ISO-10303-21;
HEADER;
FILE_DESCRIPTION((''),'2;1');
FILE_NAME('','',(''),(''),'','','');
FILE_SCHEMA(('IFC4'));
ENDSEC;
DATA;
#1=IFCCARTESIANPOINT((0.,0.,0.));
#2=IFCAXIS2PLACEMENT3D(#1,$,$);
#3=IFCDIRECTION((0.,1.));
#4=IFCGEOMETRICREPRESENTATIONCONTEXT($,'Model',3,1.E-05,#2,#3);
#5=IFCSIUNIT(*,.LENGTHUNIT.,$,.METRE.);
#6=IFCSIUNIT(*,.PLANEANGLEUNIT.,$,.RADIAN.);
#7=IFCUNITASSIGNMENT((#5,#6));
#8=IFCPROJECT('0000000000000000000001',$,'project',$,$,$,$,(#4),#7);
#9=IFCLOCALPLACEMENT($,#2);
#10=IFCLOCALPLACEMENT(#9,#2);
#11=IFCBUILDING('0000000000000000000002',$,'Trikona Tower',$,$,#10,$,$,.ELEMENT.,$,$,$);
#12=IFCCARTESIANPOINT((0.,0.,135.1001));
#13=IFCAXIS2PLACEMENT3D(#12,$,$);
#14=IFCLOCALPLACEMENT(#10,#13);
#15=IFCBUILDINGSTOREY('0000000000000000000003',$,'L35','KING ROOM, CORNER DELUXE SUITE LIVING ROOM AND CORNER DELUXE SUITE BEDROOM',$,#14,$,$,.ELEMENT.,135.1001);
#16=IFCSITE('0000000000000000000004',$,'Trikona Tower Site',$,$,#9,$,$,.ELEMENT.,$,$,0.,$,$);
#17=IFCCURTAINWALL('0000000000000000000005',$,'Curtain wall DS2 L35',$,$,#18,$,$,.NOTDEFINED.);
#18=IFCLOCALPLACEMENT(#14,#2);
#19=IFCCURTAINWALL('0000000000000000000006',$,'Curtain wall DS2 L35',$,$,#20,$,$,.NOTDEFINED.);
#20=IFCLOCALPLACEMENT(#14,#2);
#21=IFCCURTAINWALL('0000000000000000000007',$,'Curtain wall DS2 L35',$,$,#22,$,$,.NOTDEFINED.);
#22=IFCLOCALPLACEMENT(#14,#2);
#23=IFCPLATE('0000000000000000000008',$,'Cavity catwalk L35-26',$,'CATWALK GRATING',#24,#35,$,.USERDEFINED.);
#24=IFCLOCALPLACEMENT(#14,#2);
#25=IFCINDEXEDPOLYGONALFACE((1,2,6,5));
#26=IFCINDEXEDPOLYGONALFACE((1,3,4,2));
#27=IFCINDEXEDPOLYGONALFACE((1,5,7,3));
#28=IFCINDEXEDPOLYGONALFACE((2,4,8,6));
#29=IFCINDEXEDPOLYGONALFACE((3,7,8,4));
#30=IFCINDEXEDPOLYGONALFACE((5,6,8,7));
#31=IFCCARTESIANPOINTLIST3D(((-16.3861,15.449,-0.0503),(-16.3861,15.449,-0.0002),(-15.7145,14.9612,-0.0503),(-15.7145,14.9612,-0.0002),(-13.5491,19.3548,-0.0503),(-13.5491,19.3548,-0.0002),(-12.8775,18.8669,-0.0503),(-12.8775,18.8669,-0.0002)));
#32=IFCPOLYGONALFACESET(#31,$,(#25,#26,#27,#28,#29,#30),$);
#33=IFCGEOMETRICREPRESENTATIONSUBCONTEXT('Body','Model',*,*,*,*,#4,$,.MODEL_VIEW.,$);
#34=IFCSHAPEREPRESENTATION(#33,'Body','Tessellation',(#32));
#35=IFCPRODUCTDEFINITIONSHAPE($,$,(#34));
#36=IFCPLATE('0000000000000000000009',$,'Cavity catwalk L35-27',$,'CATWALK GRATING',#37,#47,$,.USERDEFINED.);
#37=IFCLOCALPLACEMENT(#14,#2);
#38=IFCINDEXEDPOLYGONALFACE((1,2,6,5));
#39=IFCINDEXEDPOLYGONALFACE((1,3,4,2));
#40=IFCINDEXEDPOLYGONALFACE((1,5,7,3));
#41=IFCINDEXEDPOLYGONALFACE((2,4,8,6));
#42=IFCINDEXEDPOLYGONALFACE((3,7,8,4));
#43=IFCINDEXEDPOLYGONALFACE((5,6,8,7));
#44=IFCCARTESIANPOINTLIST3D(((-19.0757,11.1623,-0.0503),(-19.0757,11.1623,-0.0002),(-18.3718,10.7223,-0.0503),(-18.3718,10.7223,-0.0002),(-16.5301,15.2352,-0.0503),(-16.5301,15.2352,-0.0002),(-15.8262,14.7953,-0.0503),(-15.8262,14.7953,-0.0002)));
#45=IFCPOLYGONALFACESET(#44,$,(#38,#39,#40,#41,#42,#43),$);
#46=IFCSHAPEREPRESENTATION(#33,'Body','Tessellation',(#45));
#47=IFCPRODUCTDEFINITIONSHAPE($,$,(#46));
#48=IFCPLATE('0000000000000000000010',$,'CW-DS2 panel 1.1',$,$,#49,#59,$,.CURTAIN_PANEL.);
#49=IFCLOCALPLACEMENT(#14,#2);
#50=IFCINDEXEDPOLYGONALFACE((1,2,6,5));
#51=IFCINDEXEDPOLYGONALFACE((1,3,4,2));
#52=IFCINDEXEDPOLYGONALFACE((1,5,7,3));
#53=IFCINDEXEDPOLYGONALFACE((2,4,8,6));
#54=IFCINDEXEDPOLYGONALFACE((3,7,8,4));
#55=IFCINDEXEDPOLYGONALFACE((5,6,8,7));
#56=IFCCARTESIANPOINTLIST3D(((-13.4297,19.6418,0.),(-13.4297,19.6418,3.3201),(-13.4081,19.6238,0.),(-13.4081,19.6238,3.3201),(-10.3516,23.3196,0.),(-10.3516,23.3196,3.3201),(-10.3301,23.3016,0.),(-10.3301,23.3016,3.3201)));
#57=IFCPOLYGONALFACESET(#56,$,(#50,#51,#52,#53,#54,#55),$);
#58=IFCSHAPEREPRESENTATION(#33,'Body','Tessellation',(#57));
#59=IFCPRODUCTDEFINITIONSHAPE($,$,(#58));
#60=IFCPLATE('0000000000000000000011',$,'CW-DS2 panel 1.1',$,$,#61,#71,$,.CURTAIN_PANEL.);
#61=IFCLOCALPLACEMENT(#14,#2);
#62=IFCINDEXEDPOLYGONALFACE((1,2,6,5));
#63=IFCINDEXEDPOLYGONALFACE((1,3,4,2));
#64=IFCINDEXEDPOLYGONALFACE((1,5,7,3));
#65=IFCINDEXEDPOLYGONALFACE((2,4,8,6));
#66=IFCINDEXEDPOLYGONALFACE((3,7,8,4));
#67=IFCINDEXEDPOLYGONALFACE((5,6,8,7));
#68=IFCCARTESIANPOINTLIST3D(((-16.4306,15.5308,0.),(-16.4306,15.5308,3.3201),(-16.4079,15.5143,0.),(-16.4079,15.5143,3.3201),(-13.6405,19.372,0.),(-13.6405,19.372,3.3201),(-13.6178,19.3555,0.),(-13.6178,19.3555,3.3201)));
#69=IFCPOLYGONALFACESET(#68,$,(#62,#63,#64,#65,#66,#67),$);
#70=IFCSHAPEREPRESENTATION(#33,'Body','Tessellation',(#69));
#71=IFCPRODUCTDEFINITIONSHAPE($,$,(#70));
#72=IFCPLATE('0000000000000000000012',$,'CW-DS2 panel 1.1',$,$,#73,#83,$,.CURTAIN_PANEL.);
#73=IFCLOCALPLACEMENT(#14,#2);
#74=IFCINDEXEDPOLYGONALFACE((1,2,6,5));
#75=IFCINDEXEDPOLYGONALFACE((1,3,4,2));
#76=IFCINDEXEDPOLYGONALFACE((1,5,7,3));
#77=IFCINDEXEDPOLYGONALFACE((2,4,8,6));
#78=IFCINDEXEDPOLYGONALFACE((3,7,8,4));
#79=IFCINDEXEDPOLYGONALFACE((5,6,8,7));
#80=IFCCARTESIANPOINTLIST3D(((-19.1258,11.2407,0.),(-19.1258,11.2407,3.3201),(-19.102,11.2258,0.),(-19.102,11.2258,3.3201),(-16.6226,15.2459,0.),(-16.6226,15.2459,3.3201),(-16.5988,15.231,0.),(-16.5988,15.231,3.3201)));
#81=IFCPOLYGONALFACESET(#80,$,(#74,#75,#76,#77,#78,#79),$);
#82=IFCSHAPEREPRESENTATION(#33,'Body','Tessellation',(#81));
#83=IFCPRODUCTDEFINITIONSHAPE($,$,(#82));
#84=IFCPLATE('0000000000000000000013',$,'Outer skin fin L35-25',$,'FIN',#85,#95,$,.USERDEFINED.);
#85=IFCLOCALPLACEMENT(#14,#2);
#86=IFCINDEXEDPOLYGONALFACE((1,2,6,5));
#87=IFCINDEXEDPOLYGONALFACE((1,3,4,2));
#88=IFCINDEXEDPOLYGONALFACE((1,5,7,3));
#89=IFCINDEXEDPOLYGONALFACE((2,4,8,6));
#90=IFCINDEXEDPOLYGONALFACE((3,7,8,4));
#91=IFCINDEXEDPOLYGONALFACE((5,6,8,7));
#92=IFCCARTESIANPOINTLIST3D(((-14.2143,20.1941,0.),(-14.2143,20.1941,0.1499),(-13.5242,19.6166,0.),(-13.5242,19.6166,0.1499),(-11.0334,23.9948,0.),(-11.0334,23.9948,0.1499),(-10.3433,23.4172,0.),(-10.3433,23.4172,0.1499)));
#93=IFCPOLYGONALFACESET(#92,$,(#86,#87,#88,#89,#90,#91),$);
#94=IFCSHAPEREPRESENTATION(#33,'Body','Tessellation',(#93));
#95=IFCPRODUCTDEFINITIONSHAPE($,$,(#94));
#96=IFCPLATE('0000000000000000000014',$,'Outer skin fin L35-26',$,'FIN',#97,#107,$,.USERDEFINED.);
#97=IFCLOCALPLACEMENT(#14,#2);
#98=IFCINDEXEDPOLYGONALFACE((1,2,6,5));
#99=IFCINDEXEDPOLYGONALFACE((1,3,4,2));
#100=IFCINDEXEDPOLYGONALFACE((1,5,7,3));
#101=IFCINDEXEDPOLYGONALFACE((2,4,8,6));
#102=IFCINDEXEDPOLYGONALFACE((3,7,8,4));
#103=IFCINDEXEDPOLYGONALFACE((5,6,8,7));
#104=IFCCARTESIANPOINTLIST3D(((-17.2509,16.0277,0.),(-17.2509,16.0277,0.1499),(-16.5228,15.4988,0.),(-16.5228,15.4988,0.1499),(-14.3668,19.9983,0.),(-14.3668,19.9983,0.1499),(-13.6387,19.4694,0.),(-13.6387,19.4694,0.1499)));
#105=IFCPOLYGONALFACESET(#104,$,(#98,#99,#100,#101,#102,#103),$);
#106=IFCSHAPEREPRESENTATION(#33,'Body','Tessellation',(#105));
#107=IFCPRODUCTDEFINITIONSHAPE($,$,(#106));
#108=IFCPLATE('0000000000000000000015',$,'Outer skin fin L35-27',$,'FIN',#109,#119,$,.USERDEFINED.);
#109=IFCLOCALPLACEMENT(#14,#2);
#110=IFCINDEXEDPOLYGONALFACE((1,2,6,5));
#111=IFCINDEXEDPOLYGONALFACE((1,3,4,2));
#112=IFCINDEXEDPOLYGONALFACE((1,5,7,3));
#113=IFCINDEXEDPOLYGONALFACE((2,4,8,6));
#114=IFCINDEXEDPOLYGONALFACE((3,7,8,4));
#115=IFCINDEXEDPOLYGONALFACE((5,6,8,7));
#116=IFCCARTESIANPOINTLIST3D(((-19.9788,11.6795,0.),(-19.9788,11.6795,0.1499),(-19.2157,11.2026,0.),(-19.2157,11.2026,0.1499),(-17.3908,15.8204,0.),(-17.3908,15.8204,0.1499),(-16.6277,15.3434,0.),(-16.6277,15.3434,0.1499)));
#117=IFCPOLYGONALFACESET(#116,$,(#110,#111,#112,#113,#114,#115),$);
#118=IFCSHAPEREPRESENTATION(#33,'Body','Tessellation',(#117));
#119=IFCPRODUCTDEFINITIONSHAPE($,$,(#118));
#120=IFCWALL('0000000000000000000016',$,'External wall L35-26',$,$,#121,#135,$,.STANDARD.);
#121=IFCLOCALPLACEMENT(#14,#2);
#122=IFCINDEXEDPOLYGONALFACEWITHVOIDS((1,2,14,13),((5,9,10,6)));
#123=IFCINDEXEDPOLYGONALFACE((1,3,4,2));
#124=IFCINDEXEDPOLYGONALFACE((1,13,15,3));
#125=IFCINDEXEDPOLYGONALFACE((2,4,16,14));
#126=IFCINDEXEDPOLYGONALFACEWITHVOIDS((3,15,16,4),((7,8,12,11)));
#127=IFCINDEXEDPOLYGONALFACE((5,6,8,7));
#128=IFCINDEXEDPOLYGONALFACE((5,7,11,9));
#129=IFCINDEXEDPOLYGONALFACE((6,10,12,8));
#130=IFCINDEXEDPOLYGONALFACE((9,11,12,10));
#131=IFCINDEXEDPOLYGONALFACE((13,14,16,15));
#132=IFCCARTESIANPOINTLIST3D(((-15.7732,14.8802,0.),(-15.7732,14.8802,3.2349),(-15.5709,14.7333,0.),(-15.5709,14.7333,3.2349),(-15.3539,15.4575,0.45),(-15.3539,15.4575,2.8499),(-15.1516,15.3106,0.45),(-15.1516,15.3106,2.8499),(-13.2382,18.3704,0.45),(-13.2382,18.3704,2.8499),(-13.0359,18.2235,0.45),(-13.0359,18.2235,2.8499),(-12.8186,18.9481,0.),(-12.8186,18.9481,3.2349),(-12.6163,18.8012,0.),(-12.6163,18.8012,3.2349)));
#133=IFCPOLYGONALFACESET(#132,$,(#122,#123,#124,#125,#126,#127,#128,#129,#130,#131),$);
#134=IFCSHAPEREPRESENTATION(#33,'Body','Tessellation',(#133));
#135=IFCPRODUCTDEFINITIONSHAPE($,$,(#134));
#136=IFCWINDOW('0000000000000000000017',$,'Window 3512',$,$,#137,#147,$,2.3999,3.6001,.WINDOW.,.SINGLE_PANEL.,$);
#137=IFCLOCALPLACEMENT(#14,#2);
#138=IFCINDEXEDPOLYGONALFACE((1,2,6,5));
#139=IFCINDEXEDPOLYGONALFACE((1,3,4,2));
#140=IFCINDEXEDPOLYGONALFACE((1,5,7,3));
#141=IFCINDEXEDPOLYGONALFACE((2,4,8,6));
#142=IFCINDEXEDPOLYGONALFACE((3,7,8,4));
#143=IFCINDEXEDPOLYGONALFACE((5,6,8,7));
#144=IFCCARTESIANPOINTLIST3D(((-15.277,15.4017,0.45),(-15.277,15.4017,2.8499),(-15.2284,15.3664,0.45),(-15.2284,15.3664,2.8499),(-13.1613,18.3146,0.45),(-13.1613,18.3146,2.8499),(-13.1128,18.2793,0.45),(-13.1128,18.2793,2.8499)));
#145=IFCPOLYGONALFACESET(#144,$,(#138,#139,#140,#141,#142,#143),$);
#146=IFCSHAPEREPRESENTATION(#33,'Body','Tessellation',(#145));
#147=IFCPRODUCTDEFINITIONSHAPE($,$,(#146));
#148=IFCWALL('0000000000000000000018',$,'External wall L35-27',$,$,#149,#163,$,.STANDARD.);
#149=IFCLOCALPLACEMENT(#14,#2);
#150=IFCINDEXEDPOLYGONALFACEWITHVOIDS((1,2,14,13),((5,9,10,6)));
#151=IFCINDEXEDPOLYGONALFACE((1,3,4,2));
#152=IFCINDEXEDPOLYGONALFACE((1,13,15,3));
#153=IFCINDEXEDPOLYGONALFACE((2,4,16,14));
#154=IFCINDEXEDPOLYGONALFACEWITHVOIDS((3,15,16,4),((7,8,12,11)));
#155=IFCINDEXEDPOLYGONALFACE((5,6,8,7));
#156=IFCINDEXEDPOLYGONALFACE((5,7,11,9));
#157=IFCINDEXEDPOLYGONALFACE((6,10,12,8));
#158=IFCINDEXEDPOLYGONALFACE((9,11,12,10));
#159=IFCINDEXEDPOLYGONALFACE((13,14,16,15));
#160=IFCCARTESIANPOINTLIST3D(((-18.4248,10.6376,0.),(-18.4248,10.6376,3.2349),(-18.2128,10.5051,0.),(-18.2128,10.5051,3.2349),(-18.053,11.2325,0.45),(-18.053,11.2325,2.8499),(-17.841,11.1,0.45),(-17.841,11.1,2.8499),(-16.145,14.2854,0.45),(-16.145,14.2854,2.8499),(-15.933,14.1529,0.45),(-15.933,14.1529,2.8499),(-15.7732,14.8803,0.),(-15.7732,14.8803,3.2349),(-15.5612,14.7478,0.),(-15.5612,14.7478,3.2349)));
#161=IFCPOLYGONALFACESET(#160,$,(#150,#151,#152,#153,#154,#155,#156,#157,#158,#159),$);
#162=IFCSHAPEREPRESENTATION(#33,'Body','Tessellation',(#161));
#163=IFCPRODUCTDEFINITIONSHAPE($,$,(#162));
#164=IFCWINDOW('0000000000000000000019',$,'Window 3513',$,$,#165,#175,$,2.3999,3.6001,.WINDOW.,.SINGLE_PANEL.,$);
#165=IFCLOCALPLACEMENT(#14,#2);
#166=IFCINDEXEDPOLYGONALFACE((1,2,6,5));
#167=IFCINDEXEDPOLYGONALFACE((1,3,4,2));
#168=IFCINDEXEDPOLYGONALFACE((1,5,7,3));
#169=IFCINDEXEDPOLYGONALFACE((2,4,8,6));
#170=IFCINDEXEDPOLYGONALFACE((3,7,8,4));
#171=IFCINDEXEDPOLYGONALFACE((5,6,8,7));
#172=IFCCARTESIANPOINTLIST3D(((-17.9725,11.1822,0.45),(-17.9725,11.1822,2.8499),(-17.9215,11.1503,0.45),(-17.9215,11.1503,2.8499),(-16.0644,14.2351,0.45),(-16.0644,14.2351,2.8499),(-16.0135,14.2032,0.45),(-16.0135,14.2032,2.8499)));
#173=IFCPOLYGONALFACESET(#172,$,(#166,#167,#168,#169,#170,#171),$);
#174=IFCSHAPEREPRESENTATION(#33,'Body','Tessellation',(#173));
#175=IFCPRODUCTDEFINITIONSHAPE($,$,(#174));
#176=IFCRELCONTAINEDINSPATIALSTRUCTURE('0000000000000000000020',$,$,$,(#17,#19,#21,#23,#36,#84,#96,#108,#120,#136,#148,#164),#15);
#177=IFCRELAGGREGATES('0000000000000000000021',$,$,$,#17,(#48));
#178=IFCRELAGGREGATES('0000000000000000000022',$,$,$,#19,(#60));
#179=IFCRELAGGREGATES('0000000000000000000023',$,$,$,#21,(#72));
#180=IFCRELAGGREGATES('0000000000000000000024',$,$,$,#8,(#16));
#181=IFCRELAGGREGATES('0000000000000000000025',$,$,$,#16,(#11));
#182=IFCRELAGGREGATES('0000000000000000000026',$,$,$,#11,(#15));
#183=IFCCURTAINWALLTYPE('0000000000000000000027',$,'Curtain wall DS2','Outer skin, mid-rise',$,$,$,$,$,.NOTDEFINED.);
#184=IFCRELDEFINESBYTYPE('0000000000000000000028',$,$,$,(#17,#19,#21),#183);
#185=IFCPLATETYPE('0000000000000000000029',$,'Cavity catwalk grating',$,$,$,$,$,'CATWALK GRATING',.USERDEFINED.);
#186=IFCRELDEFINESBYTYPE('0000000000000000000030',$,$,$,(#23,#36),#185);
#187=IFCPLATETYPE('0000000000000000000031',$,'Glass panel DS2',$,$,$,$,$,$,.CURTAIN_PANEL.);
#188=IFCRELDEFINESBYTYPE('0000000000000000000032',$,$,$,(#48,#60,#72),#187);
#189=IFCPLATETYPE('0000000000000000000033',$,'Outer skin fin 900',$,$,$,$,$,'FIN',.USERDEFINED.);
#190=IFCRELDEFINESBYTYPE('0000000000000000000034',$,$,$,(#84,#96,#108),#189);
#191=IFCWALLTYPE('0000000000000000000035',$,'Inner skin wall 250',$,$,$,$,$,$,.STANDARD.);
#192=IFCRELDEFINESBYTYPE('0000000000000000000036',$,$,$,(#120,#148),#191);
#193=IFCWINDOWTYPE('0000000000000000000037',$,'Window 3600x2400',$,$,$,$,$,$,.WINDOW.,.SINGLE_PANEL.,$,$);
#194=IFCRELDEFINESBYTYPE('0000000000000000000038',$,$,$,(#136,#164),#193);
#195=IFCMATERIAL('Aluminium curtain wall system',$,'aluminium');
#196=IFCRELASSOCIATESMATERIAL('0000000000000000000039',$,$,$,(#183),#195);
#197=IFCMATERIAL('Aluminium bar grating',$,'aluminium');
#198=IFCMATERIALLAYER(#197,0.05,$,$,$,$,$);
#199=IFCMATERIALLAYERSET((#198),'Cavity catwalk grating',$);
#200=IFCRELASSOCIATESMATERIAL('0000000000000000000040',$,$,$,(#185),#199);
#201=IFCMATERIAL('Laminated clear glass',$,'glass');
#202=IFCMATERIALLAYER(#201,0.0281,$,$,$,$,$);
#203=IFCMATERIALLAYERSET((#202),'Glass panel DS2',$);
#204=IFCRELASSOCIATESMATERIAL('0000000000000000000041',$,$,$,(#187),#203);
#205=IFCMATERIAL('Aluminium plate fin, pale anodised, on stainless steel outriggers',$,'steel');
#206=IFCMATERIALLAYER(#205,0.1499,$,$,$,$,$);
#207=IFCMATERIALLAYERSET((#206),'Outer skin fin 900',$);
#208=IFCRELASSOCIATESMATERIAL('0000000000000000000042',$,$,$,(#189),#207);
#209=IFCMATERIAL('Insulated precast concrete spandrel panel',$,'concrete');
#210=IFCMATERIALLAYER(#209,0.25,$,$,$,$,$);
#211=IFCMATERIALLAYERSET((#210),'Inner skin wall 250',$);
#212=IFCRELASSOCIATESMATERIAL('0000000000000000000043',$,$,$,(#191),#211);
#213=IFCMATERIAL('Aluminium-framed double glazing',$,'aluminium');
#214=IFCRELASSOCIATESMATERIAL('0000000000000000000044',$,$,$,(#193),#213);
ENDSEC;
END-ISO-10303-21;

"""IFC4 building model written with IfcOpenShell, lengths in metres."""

from ifc_helpers import new_model, si_unit, direction, frame, frame_2d, origin, origin_2d, place, context, subcontext, project, spatial, rectangle, extrude, material, layer, layer_set, type_object, element, fill, aggregate, save


model = new_model("IFC4")

# Units and contexts
model_context = context("Model", 3, precision=1e-05, world=origin(), true_north=direction((0.0, 1.0)))
body_context = subcontext(model_context, "Body", "Model", "MODEL_VIEW")
ifc_project = project(units=[si_unit("LENGTHUNIT", "METRE"), si_unit("PLANEANGLEUNIT", "RADIAN")], contexts=[model_context])

# Site, building, storey
site_placement = place(None, origin())
site = spatial("IfcSite", under=ifc_project, at=site_placement, Name="Trikona Tower Site", CompositionType="ELEMENT", RefElevation=0.0)
building_placement = place(site_placement, origin())
building = spatial("IfcBuilding", under=site, at=building_placement, Name="Trikona Tower", CompositionType="ELEMENT")
storey_placement = place(building_placement, frame((0.0, 0.0, 135.1001)))
storey = spatial("IfcBuildingStorey", under=building, at=storey_placement, Name="L35", Description="KING ROOM, CORNER DELUXE SUITE LIVING ROOM AND CORNER DELUXE SUITE BEDROOM", CompositionType="ELEMENT", Elevation=135.1001)

# Shared definitions
ifc_material_1 = material(Name="Aluminium curtain wall system", Category="aluminium")
curtain_wall_type = type_object("IfcCurtainWallType", Name="Curtain wall DS2", Description="Outer skin, mid-rise", PredefinedType="NOTDEFINED", material=ifc_material_1)

# Curtain walls
curtain_wall_1_placement = place(storey_placement, origin())
curtain_wall_1 = element("IfcCurtainWall", 1, at=curtain_wall_1_placement, inside=storey, type_object=curtain_wall_type, Name="Curtain wall DS2 L35", PredefinedType="NOTDEFINED")
curtain_wall_2_placement = place(storey_placement, origin())
curtain_wall_2 = element("IfcCurtainWall", 2, at=curtain_wall_2_placement, inside=storey, type_object=curtain_wall_type, Name="Curtain wall DS2 L35", PredefinedType="NOTDEFINED")

# Curtain wall
curtain_wall_3_placement = place(storey_placement, origin())
curtain_wall_3 = element("IfcCurtainWall", 3, at=curtain_wall_3_placement, inside=storey, type_object=curtain_wall_type, Name="Curtain wall DS2 L35", PredefinedType="NOTDEFINED")

# Plates
ifc_material_2 = material(Name="Aluminium bar grating", Category="aluminium")
ifc_layer_1 = layer(ifc_material_2, 0.05)
ifc_layer_set_1 = layer_set([ifc_layer_1], Name="Cavity catwalk grating")
plate_type_1 = type_object("IfcPlateType", Name="Cavity catwalk grating", ElementType="CATWALK GRATING", PredefinedType="USERDEFINED", material=ifc_layer_set_1)
plate_1_placement = place(storey_placement, frame((-14.6318, 17.158, -0.0503), z_axis=(0.0, 0.0, 1.0), x_axis=(-0.587686, -0.809089, 0.0)))
element("IfcPlate", 4, at=plate_1_placement, inside=storey, type_object=plate_type_1, Name="Cavity catwalk L35-26", ObjectType="CATWALK GRATING", PredefinedType="USERDEFINED", context=body_context, shape_type="SweptSolid", body=[
    extrude(rectangle(XDim=4.8274, YDim=0.8301, at=origin_2d()), origin(), (0.0, 0.0, 1.0), 0.05),
])
plate_2_placement = place(storey_placement, frame((-17.4509, 12.9788, -0.0503), z_axis=(0.0, 0.0, 1.0), x_axis=(-0.529995, -0.848001, 0.0)))
element("IfcPlate", 5, at=plate_2_placement, inside=storey, type_object=plate_type_1, Name="Cavity catwalk L35-27", ObjectType="CATWALK GRATING", PredefinedType="USERDEFINED", context=body_context, shape_type="SweptSolid", body=[
    extrude(rectangle(XDim=4.803, YDim=0.8301, at=origin_2d()), origin(), (0.0, 0.0, 1.0), 0.05),
])

# Plates
ifc_material_3 = material(Name="Laminated clear glass", Category="glass")
ifc_layer_2 = layer(ifc_material_3, 0.0281)
ifc_layer_set_2 = layer_set([ifc_layer_2], Name="Glass panel DS2")
plate_type_2 = type_object("IfcPlateType", Name="Glass panel DS2", PredefinedType="CURTAIN_PANEL", material=ifc_layer_set_2)
plate_3_placement = place(storey_placement, frame((-11.8799, 21.4717, 0.0), z_axis=(0.0, 0.0, 1.0), x_axis=(-0.641806, -0.766867, 0.0)))
plate_3 = element("IfcPlate", 6, at=plate_3_placement, type_object=plate_type_2, Name="CW-DS2 panel 1.1", PredefinedType="CURTAIN_PANEL", context=body_context, shape_type="SweptSolid", body=[
    extrude(rectangle(XDim=4.7959, YDim=0.0281, at=origin_2d()), origin(), (0.0, 0.0, 1.0), 3.3201),
])
aggregate(curtain_wall_1, [plate_3])
plate_4_placement = place(storey_placement, frame((-15.0242, 17.4431, 0.0), z_axis=(0.0, 0.0, 1.0), x_axis=(-0.587691, -0.809086, 0.0)))
plate_4 = element("IfcPlate", 7, at=plate_4_placement, type_object=plate_type_2, Name="CW-DS2 panel 1.1", PredefinedType="CURTAIN_PANEL", context=body_context, shape_type="SweptSolid", body=[
    extrude(rectangle(XDim=4.7476, YDim=0.0281, at=origin_2d()), origin(), (0.0, 0.0, 1.0), 3.3201),
])
aggregate(curtain_wall_2, [plate_4])
plate_5_placement = place(storey_placement, frame((-17.8623, 13.2358, 0.0), z_axis=(0.0, 0.0, 1.0), x_axis=(-0.529999, -0.847998, 0.0)))
plate_5 = element("IfcPlate", 8, at=plate_5_placement, type_object=plate_type_2, Name="CW-DS2 panel 1.1", PredefinedType="CURTAIN_PANEL", context=body_context, shape_type="SweptSolid", body=[
    extrude(rectangle(XDim=4.7231, YDim=0.0281, at=origin_2d()), origin(), (0.0, 0.0, 1.0), 3.3201),
])
aggregate(curtain_wall_3, [plate_5])

# Plates
ifc_material_4 = material(Name="Aluminium plate fin, pale anodised, on stainless steel outriggers", Category="steel")
ifc_layer_3 = layer(ifc_material_4, 0.1499)
ifc_layer_set_3 = layer_set([ifc_layer_3], Name="Outer skin fin 900")
plate_type_3 = type_object("IfcPlateType", Name="Outer skin fin 900", ElementType="FIN", PredefinedType="USERDEFINED", material=ifc_layer_set_3)
plate_6_placement = place(storey_placement, frame((-12.2788, 21.8057, 0.0), z_axis=(0.0, 0.0, 1.0), x_axis=(-0.641807, -0.766866, 0.0)))
element("IfcPlate", 9, at=plate_6_placement, inside=storey, type_object=plate_type_3, Name="Outer skin fin L35-25", ObjectType="FIN", PredefinedType="USERDEFINED", context=body_context, shape_type="SweptSolid", body=[
    extrude(rectangle(XDim=4.9561, YDim=0.8999, at=origin_2d()), origin(), (0.0, 0.0, 1.0), 0.1499),
])
plate_7_placement = place(storey_placement, frame((-15.4448, 17.7485, 0.0), z_axis=(0.0, 0.0, 1.0), x_axis=(-0.587686, -0.809089, 0.0)))
element("IfcPlate", 10, at=plate_7_placement, inside=storey, type_object=plate_type_3, Name="Outer skin fin L35-26", ObjectType="FIN", PredefinedType="USERDEFINED", context=body_context, shape_type="SweptSolid", body=[
    extrude(rectangle(XDim=4.9075, YDim=0.8999, at=origin_2d()), origin(), (0.0, 0.0, 1.0), 0.1499),
])
plate_8_placement = place(storey_placement, frame((-18.3032, 13.5115, 0.0), z_axis=(0.0, 0.0, 1.0), x_axis=(-0.529995, -0.848001, 0.0)))
element("IfcPlate", 11, at=plate_8_placement, inside=storey, type_object=plate_type_3, Name="Outer skin fin L35-27", ObjectType="FIN", PredefinedType="USERDEFINED", context=body_context, shape_type="SweptSolid", body=[
    extrude(rectangle(XDim=4.8831, YDim=0.8999, at=origin_2d()), origin(), (0.0, 0.0, 1.0), 0.1499),
])

# Walls, openings, windows
ifc_material_5 = material(Name="Insulated precast concrete spandrel panel", Category="concrete")
ifc_layer_4 = layer(ifc_material_5, 0.25)
ifc_layer_set_4 = layer_set([ifc_layer_4], Name="Inner skin wall 250")
wall_type = type_object("IfcWallType", Name="Inner skin wall 250", PredefinedType="STANDARD", material=ifc_layer_set_4)
wall_1_placement = place(storey_placement, frame((-12.7175, 18.8745, 0.0), z_axis=(0.0, 0.0, 1.0), x_axis=(-0.587669, -0.809101, 0.0)))
wall_1 = element("IfcWall", 12, at=wall_1_placement, inside=storey, type_object=wall_type, Name="External wall L35-26", PredefinedType="STANDARD", context=body_context, shape_type="SweptSolid", body=[
    extrude(rectangle(XDim=5.0276, YDim=0.25, at=frame_2d((2.5137, 0.0))), origin(), (0.0, 0.0, 1.0), 3.2349),
])
opening_1_placement = place(wall_1_placement, frame((0.7139, 0.0, 0.45)))
opening_1 = element("IfcOpeningElement", 13, at=opening_1_placement, cuts=wall_1, PredefinedType="OPENING", context=body_context, shape_type="SweptSolid", body=[
    extrude(rectangle(XDim=3.6001, YDim=2.3999, at=frame_2d((1.8, 1.2))), frame((0.0, 0.135, 0.0), z_axis=(0.0, -1.0, 0.0), x_axis=(1.0, 0.0, 0.0)), (0.0, 0.0, 1.0), 0.27),
])
ifc_material_6 = material(Name="Aluminium-framed double glazing", Category="aluminium")
window_type = type_object("IfcWindowType", Name="Window 3600x2400", PartitioningType="SINGLE_PANEL", PredefinedType="WINDOW", material=ifc_material_6)
window_1_placement = place(opening_1_placement, origin())
window_1 = element("IfcWindow", 14, at=window_1_placement, inside=storey, type_object=window_type, Name="Window 3512", OverallHeight=2.3999, OverallWidth=3.6001, PartitioningType="SINGLE_PANEL", PredefinedType="WINDOW", context=body_context, shape_type="SweptSolid", body=[
    extrude(rectangle(XDim=3.6001, YDim=2.3999, at=frame_2d((1.8, 1.2))), frame((0.0, 0.03, 0.0), z_axis=(0.0, -1.0, 0.0), x_axis=(1.0, 0.0, 0.0)), (0.0, 0.0, 1.0), 0.0601),
])
fill(opening_1, window_1)
wall_2_placement = place(storey_placement, frame((-15.6672, 14.814, 0.0), z_axis=(0.0, 0.0, 1.0), x_axis=(-0.52999, -0.848004, 0.0)))
wall_2 = element("IfcWall", 15, at=wall_2_placement, inside=storey, type_object=wall_type, Name="External wall L35-27", PredefinedType="STANDARD", context=body_context, shape_type="SweptSolid", body=[
    extrude(rectangle(XDim=5.0032, YDim=0.25, at=frame_2d((2.5015, 0.0))), origin(), (0.0, 0.0, 1.0), 3.2349),
])
opening_2_placement = place(wall_2_placement, frame((0.7014, 0.0, 0.45)))
opening_2 = element("IfcOpeningElement", 16, at=opening_2_placement, cuts=wall_2, PredefinedType="OPENING", context=body_context, shape_type="SweptSolid", body=[
    extrude(rectangle(XDim=3.6001, YDim=2.3999, at=frame_2d((1.8, 1.2))), frame((0.0, 0.135, 0.0), z_axis=(0.0, -1.0, 0.0), x_axis=(1.0, 0.0, 0.0)), (0.0, 0.0, 1.0), 0.27),
])
window_2_placement = place(opening_2_placement, origin())
window_2 = element("IfcWindow", 17, at=window_2_placement, inside=storey, type_object=window_type, Name="Window 3513", OverallHeight=2.3999, OverallWidth=3.6001, PartitioningType="SINGLE_PANEL", PredefinedType="WINDOW", context=body_context, shape_type="SweptSolid", body=[
    extrude(rectangle(XDim=3.6001, YDim=2.3999, at=frame_2d((1.8, 1.2))), frame((0.0, 0.03, 0.0), z_axis=(0.0, -1.0, 0.0), x_axis=(1.0, 0.0, 0.0)), (0.0, 0.0, 1.0), 0.0601),
])
fill(opening_2, window_2)

save(model, "model.ifc")
